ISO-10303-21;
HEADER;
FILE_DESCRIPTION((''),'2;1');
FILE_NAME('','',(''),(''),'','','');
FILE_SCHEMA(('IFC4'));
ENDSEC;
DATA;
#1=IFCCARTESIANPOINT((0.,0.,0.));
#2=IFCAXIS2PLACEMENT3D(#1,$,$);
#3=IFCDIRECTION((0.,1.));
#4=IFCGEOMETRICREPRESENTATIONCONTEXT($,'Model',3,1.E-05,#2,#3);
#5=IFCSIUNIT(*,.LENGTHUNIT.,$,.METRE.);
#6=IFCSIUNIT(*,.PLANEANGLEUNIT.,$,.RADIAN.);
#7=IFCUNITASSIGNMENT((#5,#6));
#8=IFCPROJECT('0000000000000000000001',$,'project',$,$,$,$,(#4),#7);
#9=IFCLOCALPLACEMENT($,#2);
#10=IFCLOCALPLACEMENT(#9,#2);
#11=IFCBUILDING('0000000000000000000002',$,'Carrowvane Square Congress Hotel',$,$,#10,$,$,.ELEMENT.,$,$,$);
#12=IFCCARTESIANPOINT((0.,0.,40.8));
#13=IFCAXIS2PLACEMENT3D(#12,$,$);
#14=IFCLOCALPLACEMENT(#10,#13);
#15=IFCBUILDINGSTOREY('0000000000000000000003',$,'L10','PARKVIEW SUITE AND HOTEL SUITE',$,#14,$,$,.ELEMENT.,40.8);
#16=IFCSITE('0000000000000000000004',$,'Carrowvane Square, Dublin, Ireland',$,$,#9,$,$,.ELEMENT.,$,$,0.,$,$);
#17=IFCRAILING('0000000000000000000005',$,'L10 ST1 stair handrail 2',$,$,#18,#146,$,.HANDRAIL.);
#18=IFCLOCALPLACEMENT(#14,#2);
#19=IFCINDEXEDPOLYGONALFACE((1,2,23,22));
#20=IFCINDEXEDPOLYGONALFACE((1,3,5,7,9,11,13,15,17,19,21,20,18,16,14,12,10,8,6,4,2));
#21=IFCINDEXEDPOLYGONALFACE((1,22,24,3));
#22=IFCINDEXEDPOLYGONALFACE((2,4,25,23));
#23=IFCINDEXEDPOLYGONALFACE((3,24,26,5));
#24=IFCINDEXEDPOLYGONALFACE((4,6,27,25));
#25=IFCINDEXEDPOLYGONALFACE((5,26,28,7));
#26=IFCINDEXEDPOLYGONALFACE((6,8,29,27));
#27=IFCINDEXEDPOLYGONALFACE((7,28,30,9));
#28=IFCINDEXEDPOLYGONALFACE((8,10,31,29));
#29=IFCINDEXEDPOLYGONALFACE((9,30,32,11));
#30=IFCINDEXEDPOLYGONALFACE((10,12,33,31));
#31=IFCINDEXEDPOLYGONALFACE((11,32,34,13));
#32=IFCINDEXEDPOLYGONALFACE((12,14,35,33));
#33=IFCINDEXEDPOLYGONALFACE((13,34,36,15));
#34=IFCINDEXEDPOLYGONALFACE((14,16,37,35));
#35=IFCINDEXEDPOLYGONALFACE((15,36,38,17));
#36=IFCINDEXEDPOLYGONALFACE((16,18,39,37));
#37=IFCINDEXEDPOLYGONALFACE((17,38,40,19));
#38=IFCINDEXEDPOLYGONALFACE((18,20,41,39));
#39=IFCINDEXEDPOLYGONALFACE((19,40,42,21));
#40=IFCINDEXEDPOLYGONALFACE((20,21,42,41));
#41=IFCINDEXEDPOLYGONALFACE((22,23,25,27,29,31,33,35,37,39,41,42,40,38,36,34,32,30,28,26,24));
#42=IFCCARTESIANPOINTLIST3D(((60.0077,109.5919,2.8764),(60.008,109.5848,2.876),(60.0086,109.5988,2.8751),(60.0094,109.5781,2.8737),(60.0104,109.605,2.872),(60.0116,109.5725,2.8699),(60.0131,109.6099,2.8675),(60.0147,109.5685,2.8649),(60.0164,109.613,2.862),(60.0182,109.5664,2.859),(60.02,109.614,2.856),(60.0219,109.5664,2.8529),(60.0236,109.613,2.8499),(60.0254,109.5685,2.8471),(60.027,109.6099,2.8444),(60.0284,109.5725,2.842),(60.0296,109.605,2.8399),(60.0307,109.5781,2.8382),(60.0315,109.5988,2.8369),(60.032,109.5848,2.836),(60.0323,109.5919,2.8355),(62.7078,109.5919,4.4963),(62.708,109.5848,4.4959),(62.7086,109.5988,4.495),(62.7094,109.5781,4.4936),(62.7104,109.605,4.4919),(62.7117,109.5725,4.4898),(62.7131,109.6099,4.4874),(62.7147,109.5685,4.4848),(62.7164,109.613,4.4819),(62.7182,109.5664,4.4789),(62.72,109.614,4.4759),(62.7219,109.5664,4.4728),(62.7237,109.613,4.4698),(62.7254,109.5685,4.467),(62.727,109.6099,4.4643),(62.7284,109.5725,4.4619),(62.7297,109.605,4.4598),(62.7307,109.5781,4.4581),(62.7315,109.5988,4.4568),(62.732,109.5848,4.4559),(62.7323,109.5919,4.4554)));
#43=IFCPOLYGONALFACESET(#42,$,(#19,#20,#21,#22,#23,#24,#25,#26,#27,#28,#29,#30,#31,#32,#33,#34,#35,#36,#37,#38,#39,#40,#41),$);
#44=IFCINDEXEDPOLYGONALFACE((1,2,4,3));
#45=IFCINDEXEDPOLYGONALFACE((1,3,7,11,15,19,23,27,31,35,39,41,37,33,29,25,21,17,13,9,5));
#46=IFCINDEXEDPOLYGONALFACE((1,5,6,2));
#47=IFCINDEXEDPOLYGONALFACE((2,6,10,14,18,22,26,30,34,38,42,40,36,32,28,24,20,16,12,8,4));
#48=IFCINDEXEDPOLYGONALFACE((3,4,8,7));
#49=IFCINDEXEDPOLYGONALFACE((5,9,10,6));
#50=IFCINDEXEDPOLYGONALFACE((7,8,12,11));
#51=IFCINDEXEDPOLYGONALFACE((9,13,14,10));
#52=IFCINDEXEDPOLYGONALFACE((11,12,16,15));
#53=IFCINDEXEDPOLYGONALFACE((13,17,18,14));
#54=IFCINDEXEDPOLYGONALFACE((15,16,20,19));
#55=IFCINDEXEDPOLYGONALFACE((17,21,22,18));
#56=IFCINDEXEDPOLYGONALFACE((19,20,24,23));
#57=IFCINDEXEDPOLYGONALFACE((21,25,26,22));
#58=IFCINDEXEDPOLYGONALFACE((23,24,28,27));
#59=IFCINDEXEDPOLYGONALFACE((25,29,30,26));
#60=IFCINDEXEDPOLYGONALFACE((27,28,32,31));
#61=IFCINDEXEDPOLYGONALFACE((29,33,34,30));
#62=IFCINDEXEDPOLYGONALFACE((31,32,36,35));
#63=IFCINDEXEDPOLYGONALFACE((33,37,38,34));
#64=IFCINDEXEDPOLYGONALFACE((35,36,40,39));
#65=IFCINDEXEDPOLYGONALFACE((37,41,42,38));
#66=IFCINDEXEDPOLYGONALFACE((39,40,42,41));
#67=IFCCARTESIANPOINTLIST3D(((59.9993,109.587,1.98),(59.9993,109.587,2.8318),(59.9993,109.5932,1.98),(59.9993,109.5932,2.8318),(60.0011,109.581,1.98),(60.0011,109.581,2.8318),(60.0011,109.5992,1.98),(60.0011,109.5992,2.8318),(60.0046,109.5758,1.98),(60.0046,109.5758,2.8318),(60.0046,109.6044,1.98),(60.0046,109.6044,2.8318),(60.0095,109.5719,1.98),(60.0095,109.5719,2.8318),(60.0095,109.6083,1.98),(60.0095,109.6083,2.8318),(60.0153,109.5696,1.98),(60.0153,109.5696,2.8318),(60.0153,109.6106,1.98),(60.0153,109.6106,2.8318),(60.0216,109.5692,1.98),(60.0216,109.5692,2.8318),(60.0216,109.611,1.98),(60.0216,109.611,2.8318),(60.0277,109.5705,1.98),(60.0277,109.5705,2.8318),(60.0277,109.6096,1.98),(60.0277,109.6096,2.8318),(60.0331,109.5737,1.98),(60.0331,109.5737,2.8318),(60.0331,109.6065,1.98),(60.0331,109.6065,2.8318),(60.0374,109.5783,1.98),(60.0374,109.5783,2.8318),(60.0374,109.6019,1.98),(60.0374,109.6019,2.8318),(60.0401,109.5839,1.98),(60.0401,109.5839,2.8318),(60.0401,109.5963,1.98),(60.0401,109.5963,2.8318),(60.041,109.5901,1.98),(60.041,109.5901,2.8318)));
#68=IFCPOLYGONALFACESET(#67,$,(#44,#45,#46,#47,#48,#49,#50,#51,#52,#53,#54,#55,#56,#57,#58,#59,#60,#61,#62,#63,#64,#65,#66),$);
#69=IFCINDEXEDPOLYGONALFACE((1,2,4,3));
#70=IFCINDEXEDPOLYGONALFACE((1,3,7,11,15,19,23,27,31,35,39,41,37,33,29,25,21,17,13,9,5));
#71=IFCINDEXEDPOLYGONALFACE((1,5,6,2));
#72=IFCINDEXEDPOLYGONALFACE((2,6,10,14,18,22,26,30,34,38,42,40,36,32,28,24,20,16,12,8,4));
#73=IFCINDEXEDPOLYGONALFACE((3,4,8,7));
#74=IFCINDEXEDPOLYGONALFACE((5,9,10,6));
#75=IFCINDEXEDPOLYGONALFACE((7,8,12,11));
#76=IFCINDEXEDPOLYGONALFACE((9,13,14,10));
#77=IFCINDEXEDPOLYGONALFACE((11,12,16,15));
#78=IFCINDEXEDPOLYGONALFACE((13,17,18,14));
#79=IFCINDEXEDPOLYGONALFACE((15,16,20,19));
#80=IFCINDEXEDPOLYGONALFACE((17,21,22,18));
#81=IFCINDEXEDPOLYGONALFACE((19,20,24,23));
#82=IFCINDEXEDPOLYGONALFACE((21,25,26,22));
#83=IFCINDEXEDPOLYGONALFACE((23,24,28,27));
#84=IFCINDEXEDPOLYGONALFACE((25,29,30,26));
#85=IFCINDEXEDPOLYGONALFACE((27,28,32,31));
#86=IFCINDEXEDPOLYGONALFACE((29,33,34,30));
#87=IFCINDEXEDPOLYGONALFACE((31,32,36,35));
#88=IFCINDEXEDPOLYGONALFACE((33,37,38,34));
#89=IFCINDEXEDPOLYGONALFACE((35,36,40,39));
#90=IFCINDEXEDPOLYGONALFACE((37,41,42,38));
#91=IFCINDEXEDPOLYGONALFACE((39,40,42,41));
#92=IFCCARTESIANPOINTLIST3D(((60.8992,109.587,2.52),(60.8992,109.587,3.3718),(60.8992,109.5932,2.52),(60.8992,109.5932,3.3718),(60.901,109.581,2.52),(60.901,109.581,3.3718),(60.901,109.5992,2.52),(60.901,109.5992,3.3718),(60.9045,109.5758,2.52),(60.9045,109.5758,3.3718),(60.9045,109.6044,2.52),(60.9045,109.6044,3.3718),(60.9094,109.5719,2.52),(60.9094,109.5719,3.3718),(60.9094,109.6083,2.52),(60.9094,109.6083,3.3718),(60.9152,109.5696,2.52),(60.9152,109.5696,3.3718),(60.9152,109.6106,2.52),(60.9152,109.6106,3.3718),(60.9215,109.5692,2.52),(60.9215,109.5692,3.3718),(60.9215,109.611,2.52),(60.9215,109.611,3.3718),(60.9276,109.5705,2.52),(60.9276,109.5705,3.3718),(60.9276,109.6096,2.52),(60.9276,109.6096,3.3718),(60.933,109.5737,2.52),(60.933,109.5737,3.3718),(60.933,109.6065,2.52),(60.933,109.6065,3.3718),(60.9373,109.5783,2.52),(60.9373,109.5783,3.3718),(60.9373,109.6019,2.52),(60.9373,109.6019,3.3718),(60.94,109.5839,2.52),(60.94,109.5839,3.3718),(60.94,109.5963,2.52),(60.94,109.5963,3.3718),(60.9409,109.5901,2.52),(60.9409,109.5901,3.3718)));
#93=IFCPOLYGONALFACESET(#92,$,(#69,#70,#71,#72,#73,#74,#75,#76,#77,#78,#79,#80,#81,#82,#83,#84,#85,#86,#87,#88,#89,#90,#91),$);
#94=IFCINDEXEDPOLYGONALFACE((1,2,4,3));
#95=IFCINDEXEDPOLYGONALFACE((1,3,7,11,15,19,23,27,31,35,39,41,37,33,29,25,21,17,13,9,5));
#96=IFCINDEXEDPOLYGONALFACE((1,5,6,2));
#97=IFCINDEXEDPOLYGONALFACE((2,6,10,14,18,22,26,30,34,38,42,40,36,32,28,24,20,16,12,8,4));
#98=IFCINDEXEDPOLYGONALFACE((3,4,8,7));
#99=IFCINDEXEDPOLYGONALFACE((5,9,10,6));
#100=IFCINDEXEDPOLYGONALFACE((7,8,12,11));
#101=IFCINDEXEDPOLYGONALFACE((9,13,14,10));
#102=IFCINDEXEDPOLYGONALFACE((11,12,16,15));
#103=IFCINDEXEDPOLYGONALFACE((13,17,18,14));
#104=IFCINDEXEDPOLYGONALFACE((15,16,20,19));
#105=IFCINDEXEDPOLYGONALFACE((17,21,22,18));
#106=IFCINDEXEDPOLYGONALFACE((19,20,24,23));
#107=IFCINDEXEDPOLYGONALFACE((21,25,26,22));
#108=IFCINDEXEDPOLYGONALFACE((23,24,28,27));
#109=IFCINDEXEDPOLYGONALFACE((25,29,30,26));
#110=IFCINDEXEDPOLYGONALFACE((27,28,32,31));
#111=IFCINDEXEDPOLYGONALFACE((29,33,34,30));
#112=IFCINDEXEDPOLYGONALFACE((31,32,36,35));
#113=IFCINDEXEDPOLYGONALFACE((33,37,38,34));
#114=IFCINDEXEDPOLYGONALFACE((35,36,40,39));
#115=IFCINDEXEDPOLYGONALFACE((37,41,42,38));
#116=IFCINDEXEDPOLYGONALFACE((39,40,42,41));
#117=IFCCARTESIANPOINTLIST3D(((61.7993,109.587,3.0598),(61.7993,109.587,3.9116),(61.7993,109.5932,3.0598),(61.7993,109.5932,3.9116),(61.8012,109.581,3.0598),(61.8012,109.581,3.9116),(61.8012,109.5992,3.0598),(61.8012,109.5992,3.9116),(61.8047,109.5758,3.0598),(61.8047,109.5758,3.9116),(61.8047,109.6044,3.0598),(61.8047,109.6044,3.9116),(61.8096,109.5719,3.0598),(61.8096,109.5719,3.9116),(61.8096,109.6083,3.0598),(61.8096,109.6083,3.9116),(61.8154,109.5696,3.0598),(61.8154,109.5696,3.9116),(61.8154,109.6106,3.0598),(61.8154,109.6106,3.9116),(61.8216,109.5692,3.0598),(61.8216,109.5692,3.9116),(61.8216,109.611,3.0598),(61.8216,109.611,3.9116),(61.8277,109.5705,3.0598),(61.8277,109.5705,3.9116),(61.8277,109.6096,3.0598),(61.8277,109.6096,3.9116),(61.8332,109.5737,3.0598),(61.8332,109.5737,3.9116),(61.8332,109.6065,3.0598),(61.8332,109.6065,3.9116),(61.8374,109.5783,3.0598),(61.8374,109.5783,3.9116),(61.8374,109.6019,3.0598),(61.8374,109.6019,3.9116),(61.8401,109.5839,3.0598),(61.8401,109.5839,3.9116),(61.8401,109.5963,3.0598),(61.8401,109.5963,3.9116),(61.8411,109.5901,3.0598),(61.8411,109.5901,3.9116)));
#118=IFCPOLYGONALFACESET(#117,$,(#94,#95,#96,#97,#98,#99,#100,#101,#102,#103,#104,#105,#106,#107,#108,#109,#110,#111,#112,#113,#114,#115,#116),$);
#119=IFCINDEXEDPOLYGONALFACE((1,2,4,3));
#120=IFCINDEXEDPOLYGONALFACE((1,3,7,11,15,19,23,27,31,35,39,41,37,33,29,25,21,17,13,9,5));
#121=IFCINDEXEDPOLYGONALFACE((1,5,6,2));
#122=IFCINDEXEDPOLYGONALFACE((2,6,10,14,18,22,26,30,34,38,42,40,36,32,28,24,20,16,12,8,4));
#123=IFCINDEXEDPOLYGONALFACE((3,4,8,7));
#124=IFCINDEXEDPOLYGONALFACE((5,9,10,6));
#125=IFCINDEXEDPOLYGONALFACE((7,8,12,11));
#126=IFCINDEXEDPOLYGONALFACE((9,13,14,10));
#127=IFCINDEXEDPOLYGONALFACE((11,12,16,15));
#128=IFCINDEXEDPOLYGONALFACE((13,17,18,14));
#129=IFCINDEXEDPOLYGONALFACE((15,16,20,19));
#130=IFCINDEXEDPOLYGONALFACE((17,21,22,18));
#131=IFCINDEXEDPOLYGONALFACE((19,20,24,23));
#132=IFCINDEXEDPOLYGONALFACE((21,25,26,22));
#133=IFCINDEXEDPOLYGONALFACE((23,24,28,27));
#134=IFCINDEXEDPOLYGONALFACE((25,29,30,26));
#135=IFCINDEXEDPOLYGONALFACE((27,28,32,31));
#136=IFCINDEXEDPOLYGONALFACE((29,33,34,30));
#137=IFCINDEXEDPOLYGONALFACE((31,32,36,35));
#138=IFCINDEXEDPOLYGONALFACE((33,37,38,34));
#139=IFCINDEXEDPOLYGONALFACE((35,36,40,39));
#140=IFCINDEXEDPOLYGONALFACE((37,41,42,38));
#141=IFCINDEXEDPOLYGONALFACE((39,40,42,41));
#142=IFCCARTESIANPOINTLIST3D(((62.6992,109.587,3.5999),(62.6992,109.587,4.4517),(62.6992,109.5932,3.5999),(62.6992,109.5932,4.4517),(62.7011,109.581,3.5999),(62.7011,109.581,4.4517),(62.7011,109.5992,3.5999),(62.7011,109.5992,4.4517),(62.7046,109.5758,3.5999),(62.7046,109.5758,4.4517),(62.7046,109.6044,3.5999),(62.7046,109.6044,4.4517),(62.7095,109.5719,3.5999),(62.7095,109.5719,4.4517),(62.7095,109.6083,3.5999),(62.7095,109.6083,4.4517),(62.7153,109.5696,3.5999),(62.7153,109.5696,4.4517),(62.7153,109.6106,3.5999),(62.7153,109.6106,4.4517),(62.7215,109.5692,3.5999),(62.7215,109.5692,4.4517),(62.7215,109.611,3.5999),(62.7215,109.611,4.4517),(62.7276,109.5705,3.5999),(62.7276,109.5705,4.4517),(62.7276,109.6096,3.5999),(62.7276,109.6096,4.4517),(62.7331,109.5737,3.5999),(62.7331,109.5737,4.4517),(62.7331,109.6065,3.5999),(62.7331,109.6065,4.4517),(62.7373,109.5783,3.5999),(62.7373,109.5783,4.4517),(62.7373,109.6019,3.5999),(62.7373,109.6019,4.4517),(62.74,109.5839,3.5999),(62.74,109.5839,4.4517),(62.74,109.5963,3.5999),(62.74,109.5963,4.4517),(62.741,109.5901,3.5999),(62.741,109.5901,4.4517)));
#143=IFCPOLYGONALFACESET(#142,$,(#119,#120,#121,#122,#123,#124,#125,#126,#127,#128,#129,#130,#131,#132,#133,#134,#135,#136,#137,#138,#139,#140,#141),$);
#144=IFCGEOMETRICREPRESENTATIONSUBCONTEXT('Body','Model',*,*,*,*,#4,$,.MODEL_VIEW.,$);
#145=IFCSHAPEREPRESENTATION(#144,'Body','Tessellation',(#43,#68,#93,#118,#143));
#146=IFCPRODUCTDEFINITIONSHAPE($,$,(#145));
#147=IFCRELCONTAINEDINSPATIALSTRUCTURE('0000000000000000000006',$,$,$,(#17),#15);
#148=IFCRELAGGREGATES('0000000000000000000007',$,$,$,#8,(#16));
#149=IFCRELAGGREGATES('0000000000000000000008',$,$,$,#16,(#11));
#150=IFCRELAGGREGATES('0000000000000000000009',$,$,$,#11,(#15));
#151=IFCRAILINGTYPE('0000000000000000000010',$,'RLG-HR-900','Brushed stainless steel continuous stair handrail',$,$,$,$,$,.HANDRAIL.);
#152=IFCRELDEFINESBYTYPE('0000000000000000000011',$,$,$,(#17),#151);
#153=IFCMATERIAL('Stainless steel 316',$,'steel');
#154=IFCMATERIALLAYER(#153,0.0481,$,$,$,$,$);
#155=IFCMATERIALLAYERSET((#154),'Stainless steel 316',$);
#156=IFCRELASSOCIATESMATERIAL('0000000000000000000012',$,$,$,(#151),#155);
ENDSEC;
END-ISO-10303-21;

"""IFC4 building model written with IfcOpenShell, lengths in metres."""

from ifc_helpers import new_model, si_unit, direction, frame, origin, origin_2d, place, context, subcontext, project, spatial, circle, extrude, material, layer, layer_set, type_object, element, save


model = new_model("IFC4")

# Units and contexts
model_context = context("Model", 3, precision=1e-05, world=origin(), true_north=direction((0.0, 1.0)))
body_context = subcontext(model_context, "Body", "Model", "MODEL_VIEW")
ifc_project = project(units=[si_unit("LENGTHUNIT", "METRE"), si_unit("PLANEANGLEUNIT", "RADIAN")], contexts=[model_context])

# Site, building, storey
site_placement = place(None, origin())
site = spatial("IfcSite", under=ifc_project, at=site_placement, Name="Carrowvane Square, Dublin, Ireland", CompositionType="ELEMENT", RefElevation=0.0)
building_placement = place(site_placement, origin())
building = spatial("IfcBuilding", under=site, at=building_placement, Name="Carrowvane Square Congress Hotel", CompositionType="ELEMENT")
storey_placement = place(building_placement, frame((0.0, 0.0, 40.8)))
storey = spatial("IfcBuildingStorey", under=building, at=storey_placement, Name="L10", Description="PARKVIEW SUITE AND HOTEL SUITE", CompositionType="ELEMENT", Elevation=40.8)

# Railing
ifc_material_1 = material(Name="Stainless steel 316", Category="steel")
ifc_layer_1 = layer(ifc_material_1, 0.0481)
ifc_layer_set_1 = layer_set([ifc_layer_1], Name="Stainless steel 316")
railing_type_1 = type_object("IfcRailingType", Name="RLG-HR-900", Description="Brushed stainless steel continuous stair handrail", PredefinedType="HANDRAIL", material=ifc_layer_set_1)
railing_1_placement = place(storey_placement, frame((60.02, 109.5901, 1.98)))
element("IfcRailing", 1, at=railing_1_placement, inside=storey, type_object=railing_type_1, Name="L10 ST1 stair handrail 2", PredefinedType="HANDRAIL", context=body_context, shape_type="SweptSolid", body=[
    extrude(circle(Radius=0.0239, at=origin_2d()), frame((0.0, 0.0, 0.876), z_axis=(0.857507, 0.0, 0.514473), x_axis=(0.0, 1.0, 0.0)), (0.0, 0.0, 1.0), 3.1487),
    extrude(circle(Radius=0.021, at=origin_2d()), origin(), (0.0, 0.0, 1.0), 0.8518),
    extrude(circle(Radius=0.021, at=origin_2d()), frame((0.8999, 0.0, 0.54)), (0.0, 0.0, 1.0), 0.8518),
    extrude(circle(Radius=0.021, at=origin_2d()), frame((1.8, 0.0, 1.0798)), (0.0, 0.0, 1.0), 0.8518),
    extrude(circle(Radius=0.021, at=origin_2d()), frame((2.7, 0.0, 1.6199)), (0.0, 0.0, 1.0), 0.8518),
])

save(model, "model.ifc")
